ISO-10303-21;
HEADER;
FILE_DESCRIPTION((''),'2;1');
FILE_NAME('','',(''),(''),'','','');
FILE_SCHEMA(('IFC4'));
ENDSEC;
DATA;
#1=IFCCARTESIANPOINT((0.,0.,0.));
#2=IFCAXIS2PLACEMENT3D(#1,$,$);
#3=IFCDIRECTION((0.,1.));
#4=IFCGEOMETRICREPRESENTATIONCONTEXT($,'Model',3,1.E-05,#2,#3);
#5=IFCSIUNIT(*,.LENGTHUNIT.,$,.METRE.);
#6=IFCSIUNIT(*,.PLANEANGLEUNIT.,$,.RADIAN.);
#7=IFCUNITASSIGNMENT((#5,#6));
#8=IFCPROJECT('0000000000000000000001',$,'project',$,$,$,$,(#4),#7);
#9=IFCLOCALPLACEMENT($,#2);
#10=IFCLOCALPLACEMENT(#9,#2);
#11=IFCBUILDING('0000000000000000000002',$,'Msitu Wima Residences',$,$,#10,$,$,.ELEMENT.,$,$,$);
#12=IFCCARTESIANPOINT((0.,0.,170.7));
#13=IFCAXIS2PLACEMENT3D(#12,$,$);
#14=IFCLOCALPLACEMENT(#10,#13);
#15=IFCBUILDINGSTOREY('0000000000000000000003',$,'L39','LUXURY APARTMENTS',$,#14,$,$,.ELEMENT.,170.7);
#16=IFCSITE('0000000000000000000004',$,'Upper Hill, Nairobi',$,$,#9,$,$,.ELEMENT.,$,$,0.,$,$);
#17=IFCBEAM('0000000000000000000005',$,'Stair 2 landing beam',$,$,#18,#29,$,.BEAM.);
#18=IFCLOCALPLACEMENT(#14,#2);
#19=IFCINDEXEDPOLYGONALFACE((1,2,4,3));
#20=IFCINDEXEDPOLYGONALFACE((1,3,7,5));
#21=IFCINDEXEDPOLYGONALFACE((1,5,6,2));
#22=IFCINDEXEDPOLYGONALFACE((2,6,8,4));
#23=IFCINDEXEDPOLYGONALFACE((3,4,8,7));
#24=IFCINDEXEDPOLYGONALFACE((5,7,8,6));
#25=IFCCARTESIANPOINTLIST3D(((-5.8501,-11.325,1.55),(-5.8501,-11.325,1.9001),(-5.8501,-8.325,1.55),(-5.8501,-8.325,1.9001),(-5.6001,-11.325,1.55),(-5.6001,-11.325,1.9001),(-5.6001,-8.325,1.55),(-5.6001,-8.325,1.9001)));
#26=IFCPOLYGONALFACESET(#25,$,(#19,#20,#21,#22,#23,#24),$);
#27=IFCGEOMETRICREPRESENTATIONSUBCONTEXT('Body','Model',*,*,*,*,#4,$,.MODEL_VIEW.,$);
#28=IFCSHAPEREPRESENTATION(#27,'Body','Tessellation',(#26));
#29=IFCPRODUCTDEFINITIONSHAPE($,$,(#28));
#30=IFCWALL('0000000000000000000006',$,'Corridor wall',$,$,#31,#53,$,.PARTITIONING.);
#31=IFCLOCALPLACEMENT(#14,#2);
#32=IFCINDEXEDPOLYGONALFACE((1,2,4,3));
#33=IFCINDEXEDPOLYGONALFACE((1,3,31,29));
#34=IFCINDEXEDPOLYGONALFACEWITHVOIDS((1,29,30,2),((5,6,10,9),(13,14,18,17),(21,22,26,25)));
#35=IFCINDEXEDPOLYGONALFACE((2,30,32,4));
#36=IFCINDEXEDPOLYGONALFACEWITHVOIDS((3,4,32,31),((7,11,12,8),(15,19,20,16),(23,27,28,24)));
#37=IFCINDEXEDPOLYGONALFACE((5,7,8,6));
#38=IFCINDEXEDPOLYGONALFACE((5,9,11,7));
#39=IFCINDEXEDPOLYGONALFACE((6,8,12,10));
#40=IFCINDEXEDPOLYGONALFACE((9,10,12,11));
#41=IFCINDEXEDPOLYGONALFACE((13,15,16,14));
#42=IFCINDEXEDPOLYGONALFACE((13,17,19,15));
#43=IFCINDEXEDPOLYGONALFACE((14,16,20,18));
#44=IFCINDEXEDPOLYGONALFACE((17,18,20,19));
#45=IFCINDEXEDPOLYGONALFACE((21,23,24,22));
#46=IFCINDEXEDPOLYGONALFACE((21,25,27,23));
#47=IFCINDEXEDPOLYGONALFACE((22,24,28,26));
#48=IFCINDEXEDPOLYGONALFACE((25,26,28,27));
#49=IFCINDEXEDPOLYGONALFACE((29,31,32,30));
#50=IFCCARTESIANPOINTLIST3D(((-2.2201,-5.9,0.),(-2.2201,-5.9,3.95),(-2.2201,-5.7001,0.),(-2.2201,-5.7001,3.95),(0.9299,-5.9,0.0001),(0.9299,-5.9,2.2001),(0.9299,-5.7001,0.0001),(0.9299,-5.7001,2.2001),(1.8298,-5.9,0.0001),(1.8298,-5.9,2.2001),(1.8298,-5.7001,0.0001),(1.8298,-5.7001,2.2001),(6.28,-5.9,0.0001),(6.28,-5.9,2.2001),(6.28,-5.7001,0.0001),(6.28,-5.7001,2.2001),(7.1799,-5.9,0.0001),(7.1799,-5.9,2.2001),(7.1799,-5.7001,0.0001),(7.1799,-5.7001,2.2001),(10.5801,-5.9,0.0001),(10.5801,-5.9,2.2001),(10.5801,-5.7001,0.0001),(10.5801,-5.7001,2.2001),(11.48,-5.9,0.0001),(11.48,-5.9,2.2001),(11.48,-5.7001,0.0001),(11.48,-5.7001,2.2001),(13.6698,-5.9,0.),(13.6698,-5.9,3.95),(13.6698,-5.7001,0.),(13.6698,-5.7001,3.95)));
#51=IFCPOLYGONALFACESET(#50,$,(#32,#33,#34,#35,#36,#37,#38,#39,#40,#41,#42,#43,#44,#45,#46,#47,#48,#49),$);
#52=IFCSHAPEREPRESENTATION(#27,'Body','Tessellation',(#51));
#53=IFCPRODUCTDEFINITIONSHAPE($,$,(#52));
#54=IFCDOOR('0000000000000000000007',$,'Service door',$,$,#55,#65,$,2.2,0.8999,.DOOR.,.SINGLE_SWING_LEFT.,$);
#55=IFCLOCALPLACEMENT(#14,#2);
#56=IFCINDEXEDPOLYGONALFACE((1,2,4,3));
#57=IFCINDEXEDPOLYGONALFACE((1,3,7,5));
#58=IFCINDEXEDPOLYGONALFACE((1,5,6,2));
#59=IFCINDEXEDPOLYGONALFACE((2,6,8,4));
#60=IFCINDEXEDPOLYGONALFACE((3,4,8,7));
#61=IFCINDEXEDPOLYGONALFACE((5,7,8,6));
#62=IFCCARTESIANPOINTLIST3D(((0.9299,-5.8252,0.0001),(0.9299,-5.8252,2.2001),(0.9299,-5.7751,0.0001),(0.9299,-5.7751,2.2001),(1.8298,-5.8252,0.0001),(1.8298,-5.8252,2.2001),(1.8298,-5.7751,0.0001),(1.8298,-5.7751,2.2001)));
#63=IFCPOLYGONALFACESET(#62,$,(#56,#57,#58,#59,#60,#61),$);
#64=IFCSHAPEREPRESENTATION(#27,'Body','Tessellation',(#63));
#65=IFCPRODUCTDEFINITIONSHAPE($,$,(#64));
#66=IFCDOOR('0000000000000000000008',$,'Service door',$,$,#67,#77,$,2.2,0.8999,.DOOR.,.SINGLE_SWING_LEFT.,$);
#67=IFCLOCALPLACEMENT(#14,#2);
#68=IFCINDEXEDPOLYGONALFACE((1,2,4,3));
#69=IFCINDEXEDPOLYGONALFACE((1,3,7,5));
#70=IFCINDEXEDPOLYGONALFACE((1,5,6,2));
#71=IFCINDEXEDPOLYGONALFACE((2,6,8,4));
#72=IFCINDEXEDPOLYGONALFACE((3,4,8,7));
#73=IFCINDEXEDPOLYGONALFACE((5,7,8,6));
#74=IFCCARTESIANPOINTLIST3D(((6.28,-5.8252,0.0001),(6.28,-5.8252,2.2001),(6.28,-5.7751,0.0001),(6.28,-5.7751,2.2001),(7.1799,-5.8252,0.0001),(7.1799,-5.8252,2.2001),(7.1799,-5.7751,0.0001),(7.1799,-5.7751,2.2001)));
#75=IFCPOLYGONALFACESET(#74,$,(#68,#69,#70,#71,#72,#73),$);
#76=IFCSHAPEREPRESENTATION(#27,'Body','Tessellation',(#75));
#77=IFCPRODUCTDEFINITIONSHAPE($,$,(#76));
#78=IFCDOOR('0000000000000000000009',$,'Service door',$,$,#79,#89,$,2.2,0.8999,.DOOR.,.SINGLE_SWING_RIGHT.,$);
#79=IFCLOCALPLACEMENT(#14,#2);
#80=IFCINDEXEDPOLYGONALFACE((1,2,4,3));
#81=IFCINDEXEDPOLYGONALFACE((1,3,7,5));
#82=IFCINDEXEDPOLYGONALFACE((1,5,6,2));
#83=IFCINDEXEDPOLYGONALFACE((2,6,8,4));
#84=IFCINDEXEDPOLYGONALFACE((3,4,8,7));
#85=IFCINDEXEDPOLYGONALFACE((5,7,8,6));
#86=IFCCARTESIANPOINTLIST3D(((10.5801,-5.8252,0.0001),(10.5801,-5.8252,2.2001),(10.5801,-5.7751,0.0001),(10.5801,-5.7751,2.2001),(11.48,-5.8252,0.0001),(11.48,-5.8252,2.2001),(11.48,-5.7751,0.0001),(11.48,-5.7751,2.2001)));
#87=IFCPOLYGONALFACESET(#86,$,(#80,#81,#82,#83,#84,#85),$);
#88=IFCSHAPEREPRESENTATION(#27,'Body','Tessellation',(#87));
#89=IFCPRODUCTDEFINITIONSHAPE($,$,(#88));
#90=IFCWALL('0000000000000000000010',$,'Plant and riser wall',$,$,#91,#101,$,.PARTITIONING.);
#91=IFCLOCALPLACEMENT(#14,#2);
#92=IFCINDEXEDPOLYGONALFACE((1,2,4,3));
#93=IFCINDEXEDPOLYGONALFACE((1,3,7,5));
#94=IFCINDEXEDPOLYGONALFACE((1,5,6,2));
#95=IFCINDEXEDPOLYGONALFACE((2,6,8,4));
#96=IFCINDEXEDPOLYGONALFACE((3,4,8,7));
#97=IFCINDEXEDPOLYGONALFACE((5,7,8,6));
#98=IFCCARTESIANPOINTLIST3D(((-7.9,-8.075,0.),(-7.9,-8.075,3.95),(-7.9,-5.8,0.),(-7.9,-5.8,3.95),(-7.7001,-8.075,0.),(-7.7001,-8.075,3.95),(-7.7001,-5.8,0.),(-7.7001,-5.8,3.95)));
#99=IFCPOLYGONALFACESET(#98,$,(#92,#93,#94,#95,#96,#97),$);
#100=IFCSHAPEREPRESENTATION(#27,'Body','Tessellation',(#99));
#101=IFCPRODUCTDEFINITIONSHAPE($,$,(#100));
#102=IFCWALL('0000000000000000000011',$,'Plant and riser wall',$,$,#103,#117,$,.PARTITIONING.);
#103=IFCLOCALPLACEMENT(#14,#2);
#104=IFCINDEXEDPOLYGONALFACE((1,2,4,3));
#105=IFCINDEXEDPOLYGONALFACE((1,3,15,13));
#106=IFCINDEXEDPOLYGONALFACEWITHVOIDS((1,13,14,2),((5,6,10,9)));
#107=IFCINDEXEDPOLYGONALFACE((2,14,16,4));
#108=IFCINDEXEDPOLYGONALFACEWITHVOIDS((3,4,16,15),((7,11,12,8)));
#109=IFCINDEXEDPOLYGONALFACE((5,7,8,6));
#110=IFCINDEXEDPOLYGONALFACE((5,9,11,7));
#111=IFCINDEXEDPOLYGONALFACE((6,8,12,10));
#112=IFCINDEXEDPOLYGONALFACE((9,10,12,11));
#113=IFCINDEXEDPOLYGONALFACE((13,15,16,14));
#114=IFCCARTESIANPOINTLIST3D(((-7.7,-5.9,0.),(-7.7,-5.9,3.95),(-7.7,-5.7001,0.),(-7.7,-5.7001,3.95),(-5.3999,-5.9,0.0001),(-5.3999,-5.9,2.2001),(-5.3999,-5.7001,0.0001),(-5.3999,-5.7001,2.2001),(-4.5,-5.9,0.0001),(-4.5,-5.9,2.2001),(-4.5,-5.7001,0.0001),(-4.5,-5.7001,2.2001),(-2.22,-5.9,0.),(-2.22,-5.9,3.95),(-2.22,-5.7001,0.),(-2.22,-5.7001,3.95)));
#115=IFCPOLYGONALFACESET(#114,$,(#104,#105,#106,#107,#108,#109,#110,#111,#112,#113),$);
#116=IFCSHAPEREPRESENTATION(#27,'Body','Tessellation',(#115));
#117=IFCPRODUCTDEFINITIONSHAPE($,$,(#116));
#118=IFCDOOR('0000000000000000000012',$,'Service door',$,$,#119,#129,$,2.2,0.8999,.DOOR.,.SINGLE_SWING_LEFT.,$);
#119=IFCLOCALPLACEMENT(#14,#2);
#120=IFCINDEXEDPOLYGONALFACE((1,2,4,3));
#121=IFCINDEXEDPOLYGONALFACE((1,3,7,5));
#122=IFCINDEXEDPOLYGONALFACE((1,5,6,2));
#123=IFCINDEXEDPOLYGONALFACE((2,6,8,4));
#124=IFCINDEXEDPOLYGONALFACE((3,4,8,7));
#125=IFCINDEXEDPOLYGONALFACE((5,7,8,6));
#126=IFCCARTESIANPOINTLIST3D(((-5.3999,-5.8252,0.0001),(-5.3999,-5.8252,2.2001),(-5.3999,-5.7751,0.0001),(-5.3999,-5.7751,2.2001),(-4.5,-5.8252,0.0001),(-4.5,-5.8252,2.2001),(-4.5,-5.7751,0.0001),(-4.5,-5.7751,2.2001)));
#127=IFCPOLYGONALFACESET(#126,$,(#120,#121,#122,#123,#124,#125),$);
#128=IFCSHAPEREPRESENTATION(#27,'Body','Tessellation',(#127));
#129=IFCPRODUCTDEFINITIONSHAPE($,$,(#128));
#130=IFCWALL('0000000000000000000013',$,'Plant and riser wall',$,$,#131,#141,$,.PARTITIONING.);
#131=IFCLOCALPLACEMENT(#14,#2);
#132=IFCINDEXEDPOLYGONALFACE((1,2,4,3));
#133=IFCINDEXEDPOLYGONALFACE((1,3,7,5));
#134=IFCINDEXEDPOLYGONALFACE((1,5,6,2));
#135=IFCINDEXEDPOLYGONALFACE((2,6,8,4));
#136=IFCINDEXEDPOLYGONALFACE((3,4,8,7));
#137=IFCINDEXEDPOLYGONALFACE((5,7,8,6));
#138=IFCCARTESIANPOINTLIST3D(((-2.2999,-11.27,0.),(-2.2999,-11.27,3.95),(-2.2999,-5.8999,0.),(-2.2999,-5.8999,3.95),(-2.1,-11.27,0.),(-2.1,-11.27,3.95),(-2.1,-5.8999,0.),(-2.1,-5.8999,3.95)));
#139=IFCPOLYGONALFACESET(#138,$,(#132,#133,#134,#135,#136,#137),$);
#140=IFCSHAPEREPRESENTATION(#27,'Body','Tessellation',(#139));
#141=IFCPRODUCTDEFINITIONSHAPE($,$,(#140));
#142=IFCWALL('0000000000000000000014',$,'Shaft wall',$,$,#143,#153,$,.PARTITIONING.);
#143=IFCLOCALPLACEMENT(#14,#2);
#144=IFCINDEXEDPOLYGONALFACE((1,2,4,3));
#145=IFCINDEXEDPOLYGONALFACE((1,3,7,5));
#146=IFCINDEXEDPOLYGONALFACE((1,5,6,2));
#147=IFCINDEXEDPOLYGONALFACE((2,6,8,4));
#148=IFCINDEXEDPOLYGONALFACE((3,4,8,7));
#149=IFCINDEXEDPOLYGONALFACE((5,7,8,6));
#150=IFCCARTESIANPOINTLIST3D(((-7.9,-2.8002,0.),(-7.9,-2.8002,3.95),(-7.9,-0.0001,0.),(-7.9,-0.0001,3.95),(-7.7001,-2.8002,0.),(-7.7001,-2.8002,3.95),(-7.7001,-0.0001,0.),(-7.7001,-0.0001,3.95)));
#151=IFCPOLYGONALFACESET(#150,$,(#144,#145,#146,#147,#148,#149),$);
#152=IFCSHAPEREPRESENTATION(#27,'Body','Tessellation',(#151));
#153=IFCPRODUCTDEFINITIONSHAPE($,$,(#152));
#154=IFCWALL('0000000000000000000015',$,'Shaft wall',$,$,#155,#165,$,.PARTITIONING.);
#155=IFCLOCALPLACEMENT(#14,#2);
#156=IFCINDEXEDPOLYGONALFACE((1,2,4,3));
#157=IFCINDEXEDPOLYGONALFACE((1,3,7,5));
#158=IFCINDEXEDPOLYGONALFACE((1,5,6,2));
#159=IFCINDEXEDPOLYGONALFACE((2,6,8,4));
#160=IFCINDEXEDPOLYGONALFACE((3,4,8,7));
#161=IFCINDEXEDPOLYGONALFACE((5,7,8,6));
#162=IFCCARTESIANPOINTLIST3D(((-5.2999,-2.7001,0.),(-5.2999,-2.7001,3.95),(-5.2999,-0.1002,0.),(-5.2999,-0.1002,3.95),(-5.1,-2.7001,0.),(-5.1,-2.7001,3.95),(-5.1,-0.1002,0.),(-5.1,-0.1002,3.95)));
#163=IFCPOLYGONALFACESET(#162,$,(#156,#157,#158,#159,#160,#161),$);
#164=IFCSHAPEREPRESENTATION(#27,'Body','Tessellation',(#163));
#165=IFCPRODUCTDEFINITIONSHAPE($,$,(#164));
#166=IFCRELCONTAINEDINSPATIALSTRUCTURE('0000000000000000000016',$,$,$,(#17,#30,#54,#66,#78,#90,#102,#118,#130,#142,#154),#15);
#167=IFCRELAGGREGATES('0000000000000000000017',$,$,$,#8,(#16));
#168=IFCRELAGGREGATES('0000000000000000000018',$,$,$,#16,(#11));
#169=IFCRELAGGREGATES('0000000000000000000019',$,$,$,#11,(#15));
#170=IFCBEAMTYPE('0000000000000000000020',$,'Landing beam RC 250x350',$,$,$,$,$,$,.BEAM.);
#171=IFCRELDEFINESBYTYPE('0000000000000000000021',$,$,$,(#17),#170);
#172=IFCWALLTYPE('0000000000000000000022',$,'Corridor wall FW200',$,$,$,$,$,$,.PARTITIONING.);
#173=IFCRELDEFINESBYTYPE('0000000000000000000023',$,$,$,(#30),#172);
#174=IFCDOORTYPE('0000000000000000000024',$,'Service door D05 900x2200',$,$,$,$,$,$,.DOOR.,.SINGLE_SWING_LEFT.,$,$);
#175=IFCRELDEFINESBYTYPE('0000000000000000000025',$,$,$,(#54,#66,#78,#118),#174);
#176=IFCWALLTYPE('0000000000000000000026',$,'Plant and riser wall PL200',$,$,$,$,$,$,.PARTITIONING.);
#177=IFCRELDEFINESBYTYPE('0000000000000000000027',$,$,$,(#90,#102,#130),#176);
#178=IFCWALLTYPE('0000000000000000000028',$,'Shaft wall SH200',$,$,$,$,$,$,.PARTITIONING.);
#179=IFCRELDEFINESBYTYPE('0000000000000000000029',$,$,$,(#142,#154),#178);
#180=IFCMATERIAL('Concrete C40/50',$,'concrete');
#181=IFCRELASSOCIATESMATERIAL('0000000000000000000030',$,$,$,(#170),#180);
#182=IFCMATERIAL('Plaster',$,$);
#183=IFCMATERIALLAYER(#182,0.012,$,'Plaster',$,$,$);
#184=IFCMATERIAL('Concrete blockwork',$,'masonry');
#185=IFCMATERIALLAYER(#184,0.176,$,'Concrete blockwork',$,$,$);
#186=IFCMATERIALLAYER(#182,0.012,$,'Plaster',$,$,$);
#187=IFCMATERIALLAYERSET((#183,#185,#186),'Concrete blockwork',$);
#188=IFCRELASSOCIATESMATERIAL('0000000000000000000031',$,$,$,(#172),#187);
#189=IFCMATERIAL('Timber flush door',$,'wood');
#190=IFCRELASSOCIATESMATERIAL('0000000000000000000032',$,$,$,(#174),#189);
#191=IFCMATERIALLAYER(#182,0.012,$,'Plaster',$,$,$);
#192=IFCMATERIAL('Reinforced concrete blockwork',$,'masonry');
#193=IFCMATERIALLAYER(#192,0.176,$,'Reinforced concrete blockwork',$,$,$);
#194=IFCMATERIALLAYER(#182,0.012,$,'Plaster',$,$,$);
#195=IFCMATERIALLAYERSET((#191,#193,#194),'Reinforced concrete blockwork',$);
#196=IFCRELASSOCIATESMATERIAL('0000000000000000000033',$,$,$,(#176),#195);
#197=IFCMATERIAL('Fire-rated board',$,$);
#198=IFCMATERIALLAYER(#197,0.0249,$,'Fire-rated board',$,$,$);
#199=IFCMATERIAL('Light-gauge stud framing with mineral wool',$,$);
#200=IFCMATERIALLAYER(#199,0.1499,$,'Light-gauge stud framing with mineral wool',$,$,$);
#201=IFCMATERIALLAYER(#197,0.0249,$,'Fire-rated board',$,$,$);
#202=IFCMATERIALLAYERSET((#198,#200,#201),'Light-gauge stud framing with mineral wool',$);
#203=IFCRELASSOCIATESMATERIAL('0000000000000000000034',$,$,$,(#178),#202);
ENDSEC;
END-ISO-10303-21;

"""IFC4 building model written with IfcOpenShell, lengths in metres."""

from ifc_helpers import new_model, si_unit, direction, frame, frame_2d, origin, origin_2d, place, context, subcontext, project, spatial, rectangle, extrude, material, layer, layer_set, material_profile, profile_set, type_object, element, fill, save


model = new_model("IFC4")

# Units and contexts
model_context = context("Model", 3, precision=1e-05, world=origin(), true_north=direction((0.0, 1.0)))
body_context = subcontext(model_context, "Body", "Model", "MODEL_VIEW")
ifc_project = project(units=[si_unit("LENGTHUNIT", "METRE"), si_unit("PLANEANGLEUNIT", "RADIAN")], contexts=[model_context])

# Site, building, storey
site_placement = place(None, origin())
site = spatial("IfcSite", under=ifc_project, at=site_placement, Name="Upper Hill, Nairobi", CompositionType="ELEMENT", RefElevation=0.0)
building_placement = place(site_placement, origin())
building = spatial("IfcBuilding", under=site, at=building_placement, Name="Msitu Wima Residences", CompositionType="ELEMENT")
storey_placement = place(building_placement, frame((0.0, 0.0, 170.7)))
storey = spatial("IfcBuildingStorey", under=building, at=storey_placement, Name="L39", Description="LUXURY APARTMENTS", CompositionType="ELEMENT", Elevation=170.7)

# Beam
ifc_material_1 = material(Name="Concrete C40/50", Category="concrete")
ifc_material_profile = material_profile(ifc_material_1, rectangle(XDim=0.25, YDim=0.3501, at=origin_2d()), Name="RC 250x350")
ifc_profile_set = profile_set([ifc_material_profile], Name="Concrete C40/50")
beam_type = type_object("IfcBeamType", Name="Landing beam RC 250x350", PredefinedType="BEAM", material=ifc_profile_set)
beam_placement = place(storey_placement, frame((-5.7251, -11.325, 1.7251), z_axis=(0.0, 1.0, 0.0), x_axis=(-1.0, 0.0, 0.0)))
element("IfcBeam", 1, at=beam_placement, inside=storey, type_object=beam_type, Name="Stair 2 landing beam", PredefinedType="BEAM", context=body_context, shape_type="SweptSolid", body=[
    extrude(rectangle(XDim=0.25, YDim=0.3501, at=origin_2d()), origin(), (0.0, 0.0, 1.0), 3.0),
])

# Shared definitions
ifc_material_2 = material(Name="Plaster")
ifc_layer_1 = layer(ifc_material_2, 0.012, Name="Plaster")
ifc_material_3 = material(Name="Concrete blockwork", Category="masonry")
ifc_layer_2 = layer(ifc_material_3, 0.176, Name="Concrete blockwork")
ifc_layer_3 = layer(ifc_material_2, 0.012, Name="Plaster")
ifc_layer_set_1 = layer_set([ifc_layer_1, ifc_layer_2, ifc_layer_3], Name="Concrete blockwork")
wall_type_1 = type_object("IfcWallType", Name="Corridor wall FW200", PredefinedType="PARTITIONING", material=ifc_layer_set_1)

# Wall, openings, doors
wall_1_placement = place(storey_placement, frame((-2.22, -5.8, 0.0), z_axis=(0.0, 0.0, 1.0), x_axis=(1.0, 0.0, 0.0)))
wall_1 = element("IfcWall", 2, at=wall_1_placement, inside=storey, type_object=wall_type_1, Name="Corridor wall", PredefinedType="PARTITIONING", context=body_context, shape_type="SweptSolid", body=[
    extrude(rectangle(XDim=15.8899, YDim=0.2, at=frame_2d((7.9448, 0.0))), origin(), (0.0, 0.0, 1.0), 3.95),
])
opening_1_placement = place(wall_1_placement, frame((3.1499, 0.0, 0.0)))
opening_1 = element("IfcOpeningElement", 3, at=opening_1_placement, cuts=wall_1, PredefinedType="OPENING", context=body_context, shape_type="SweptSolid", body=[
    extrude(rectangle(XDim=0.8999, YDim=2.2, at=frame_2d((0.45, 1.1001))), frame((0.0, 0.1099, 0.0), z_axis=(0.0, -1.0, 0.0), x_axis=(1.0, 0.0, 0.0)), (0.0, 0.0, 1.0), 0.22),
])
opening_2_placement = place(wall_1_placement, frame((8.5, 0.0, 0.0)))
opening_2 = element("IfcOpeningElement", 4, at=opening_2_placement, cuts=wall_1, PredefinedType="OPENING", context=body_context, shape_type="SweptSolid", body=[
    extrude(rectangle(XDim=0.8999, YDim=2.2, at=frame_2d((0.45, 1.1001))), frame((0.0, 0.1099, 0.0), z_axis=(0.0, -1.0, 0.0), x_axis=(1.0, 0.0, 0.0)), (0.0, 0.0, 1.0), 0.22),
])
opening_3_placement = place(wall_1_placement, frame((12.8, 0.0, 0.0)))
opening_3 = element("IfcOpeningElement", 5, at=opening_3_placement, cuts=wall_1, PredefinedType="OPENING", context=body_context, shape_type="SweptSolid", body=[
    extrude(rectangle(XDim=0.8999, YDim=2.2, at=frame_2d((0.45, 1.1001))), frame((0.0, 0.1099, 0.0), z_axis=(0.0, -1.0, 0.0), x_axis=(1.0, 0.0, 0.0)), (0.0, 0.0, 1.0), 0.22),
])
ifc_material_4 = material(Name="Timber flush door", Category="wood")
door_type_1 = type_object("IfcDoorType", Name="Service door D05 900x2200", OperationType="SINGLE_SWING_LEFT", PredefinedType="DOOR", material=ifc_material_4)
door_1_placement = place(opening_1_placement, origin())
door_1 = element("IfcDoor", 6, at=door_1_placement, inside=storey, type_object=door_type_1, Name="Service door", OperationType="SINGLE_SWING_LEFT", OverallHeight=2.2, OverallWidth=0.8999, PredefinedType="DOOR", context=body_context, shape_type="SweptSolid", body=[
    extrude(rectangle(XDim=0.8999, YDim=2.2, at=frame_2d((0.45, 1.1001))), frame((0.0, 0.0249, 0.0), z_axis=(0.0, -1.0, 0.0), x_axis=(1.0, 0.0, 0.0)), (0.0, 0.0, 1.0), 0.05),
])
fill(opening_1, door_1)
door_2_placement = place(opening_2_placement, origin())
door_2 = element("IfcDoor", 7, at=door_2_placement, inside=storey, type_object=door_type_1, Name="Service door", OperationType="SINGLE_SWING_LEFT", OverallHeight=2.2, OverallWidth=0.8999, PredefinedType="DOOR", context=body_context, shape_type="SweptSolid", body=[
    extrude(rectangle(XDim=0.8999, YDim=2.2, at=frame_2d((0.45, 1.1001))), frame((0.0, 0.0249, 0.0), z_axis=(0.0, -1.0, 0.0), x_axis=(1.0, 0.0, 0.0)), (0.0, 0.0, 1.0), 0.05),
])
fill(opening_2, door_2)
door_3_placement = place(opening_3_placement, origin())
door_3 = element("IfcDoor", 8, at=door_3_placement, inside=storey, type_object=door_type_1, Name="Service door", OperationType="SINGLE_SWING_RIGHT", OverallHeight=2.2, OverallWidth=0.8999, PredefinedType="DOOR", context=body_context, shape_type="SweptSolid", body=[
    extrude(rectangle(XDim=0.8999, YDim=2.2, at=frame_2d((0.45, 1.1001))), frame((0.0, 0.0249, 0.0), z_axis=(0.0, -1.0, 0.0), x_axis=(1.0, 0.0, 0.0)), (0.0, 0.0, 1.0), 0.05),
])
fill(opening_3, door_3)

# Wall
ifc_layer_4 = layer(ifc_material_2, 0.012, Name="Plaster")
ifc_material_5 = material(Name="Reinforced concrete blockwork", Category="masonry")
ifc_layer_5 = layer(ifc_material_5, 0.176, Name="Reinforced concrete blockwork")
ifc_layer_6 = layer(ifc_material_2, 0.012, Name="Plaster")
ifc_layer_set_2 = layer_set([ifc_layer_4, ifc_layer_5, ifc_layer_6], Name="Reinforced concrete blockwork")
wall_type_2 = type_object("IfcWallType", Name="Plant and riser wall PL200", PredefinedType="PARTITIONING", material=ifc_layer_set_2)
wall_2_placement = place(storey_placement, frame((-7.8, -8.075, 0.0), z_axis=(0.0, 0.0, 1.0), x_axis=(0.0, 1.0, 0.0)))
element("IfcWall", 9, at=wall_2_placement, inside=storey, type_object=wall_type_2, Name="Plant and riser wall", PredefinedType="PARTITIONING", context=body_context, shape_type="SweptSolid", body=[
    extrude(rectangle(XDim=2.2749, YDim=0.2, at=frame_2d((1.1375, 0.0))), origin(), (0.0, 0.0, 1.0), 3.95),
])

# Wall, opening, door
wall_3_placement = place(storey_placement, frame((-7.7, -5.8, 0.0), z_axis=(0.0, 0.0, 1.0), x_axis=(1.0, 0.0, 0.0)))
wall_3 = element("IfcWall", 10, at=wall_3_placement, inside=storey, type_object=wall_type_2, Name="Plant and riser wall", PredefinedType="PARTITIONING", context=body_context, shape_type="SweptSolid", body=[
    extrude(rectangle(XDim=5.48, YDim=0.2, at=frame_2d((2.74, 0.0))), origin(), (0.0, 0.0, 1.0), 3.95),
])
opening_4_placement = place(wall_3_placement, frame((2.3, 0.0, 0.0)))
opening_4 = element("IfcOpeningElement", 11, at=opening_4_placement, cuts=wall_3, PredefinedType="OPENING", context=body_context, shape_type="SweptSolid", body=[
    extrude(rectangle(XDim=0.8999, YDim=2.2, at=frame_2d((0.45, 1.1001))), frame((0.0, 0.1099, 0.0), z_axis=(0.0, -1.0, 0.0), x_axis=(1.0, 0.0, 0.0)), (0.0, 0.0, 1.0), 0.22),
])
door_4_placement = place(opening_4_placement, origin())
door_4 = element("IfcDoor", 12, at=door_4_placement, inside=storey, type_object=door_type_1, Name="Service door", OperationType="SINGLE_SWING_LEFT", OverallHeight=2.2, OverallWidth=0.8999, PredefinedType="DOOR", context=body_context, shape_type="SweptSolid", body=[
    extrude(rectangle(XDim=0.8999, YDim=2.2, at=frame_2d((0.45, 1.1001))), frame((0.0, 0.0249, 0.0), z_axis=(0.0, -1.0, 0.0), x_axis=(1.0, 0.0, 0.0)), (0.0, 0.0, 1.0), 0.05),
])
fill(opening_4, door_4)

# Walls
wall_4_placement = place(storey_placement, frame((-2.2, -11.27, 0.0), z_axis=(0.0, 0.0, 1.0), x_axis=(0.0, 1.0, 0.0)))
element("IfcWall", 13, at=wall_4_placement, inside=storey, type_object=wall_type_2, Name="Plant and riser wall", PredefinedType="PARTITIONING", context=body_context, shape_type="SweptSolid", body=[
    extrude(rectangle(XDim=5.3701, YDim=0.2, at=frame_2d((2.6851, 0.0))), origin(), (0.0, 0.0, 1.0), 3.95),
])
ifc_material_6 = material(Name="Fire-rated board")
ifc_layer_7 = layer(ifc_material_6, 0.0249, Name="Fire-rated board")
ifc_material_7 = material(Name="Light-gauge stud framing with mineral wool")
ifc_layer_8 = layer(ifc_material_7, 0.1499, Name="Light-gauge stud framing with mineral wool")
ifc_layer_9 = layer(ifc_material_6, 0.0249, Name="Fire-rated board")
ifc_layer_set_3 = layer_set([ifc_layer_7, ifc_layer_8, ifc_layer_9], Name="Light-gauge stud framing with mineral wool")
wall_type_3 = type_object("IfcWallType", Name="Shaft wall SH200", PredefinedType="PARTITIONING", material=ifc_layer_set_3)
wall_5_placement = place(storey_placement, frame((-7.8, -2.8, 0.0), z_axis=(0.0, 0.0, 1.0), x_axis=(0.0, 1.0, 0.0)))
element("IfcWall", 14, at=wall_5_placement, inside=storey, type_object=wall_type_3, Name="Shaft wall", PredefinedType="PARTITIONING", context=body_context, shape_type="SweptSolid", body=[
    extrude(rectangle(XDim=2.8, YDim=0.2, at=frame_2d((1.3999, 0.0))), origin(), (0.0, 0.0, 1.0), 3.95),
])
for number, where, z_axis, x_axis, name in (
    (15, (-5.2, -2.7, 0.0), (0.0, 0.0, 1.0), (0.0, 1.0, 0.0), "Shaft wall"),
):
    element("IfcWall", number, at=place(storey_placement, frame(where, z_axis=z_axis, x_axis=x_axis)), inside=storey, type_object=wall_type_3, Name=name, PredefinedType="PARTITIONING", context=body_context, shape_type="SweptSolid", body=[
        extrude(rectangle(XDim=2.5999, YDim=0.2, at=frame_2d((1.2998, 0.0))), origin(), (0.0, 0.0, 1.0), 3.95),
    ])

save(model, "model.ifc")
